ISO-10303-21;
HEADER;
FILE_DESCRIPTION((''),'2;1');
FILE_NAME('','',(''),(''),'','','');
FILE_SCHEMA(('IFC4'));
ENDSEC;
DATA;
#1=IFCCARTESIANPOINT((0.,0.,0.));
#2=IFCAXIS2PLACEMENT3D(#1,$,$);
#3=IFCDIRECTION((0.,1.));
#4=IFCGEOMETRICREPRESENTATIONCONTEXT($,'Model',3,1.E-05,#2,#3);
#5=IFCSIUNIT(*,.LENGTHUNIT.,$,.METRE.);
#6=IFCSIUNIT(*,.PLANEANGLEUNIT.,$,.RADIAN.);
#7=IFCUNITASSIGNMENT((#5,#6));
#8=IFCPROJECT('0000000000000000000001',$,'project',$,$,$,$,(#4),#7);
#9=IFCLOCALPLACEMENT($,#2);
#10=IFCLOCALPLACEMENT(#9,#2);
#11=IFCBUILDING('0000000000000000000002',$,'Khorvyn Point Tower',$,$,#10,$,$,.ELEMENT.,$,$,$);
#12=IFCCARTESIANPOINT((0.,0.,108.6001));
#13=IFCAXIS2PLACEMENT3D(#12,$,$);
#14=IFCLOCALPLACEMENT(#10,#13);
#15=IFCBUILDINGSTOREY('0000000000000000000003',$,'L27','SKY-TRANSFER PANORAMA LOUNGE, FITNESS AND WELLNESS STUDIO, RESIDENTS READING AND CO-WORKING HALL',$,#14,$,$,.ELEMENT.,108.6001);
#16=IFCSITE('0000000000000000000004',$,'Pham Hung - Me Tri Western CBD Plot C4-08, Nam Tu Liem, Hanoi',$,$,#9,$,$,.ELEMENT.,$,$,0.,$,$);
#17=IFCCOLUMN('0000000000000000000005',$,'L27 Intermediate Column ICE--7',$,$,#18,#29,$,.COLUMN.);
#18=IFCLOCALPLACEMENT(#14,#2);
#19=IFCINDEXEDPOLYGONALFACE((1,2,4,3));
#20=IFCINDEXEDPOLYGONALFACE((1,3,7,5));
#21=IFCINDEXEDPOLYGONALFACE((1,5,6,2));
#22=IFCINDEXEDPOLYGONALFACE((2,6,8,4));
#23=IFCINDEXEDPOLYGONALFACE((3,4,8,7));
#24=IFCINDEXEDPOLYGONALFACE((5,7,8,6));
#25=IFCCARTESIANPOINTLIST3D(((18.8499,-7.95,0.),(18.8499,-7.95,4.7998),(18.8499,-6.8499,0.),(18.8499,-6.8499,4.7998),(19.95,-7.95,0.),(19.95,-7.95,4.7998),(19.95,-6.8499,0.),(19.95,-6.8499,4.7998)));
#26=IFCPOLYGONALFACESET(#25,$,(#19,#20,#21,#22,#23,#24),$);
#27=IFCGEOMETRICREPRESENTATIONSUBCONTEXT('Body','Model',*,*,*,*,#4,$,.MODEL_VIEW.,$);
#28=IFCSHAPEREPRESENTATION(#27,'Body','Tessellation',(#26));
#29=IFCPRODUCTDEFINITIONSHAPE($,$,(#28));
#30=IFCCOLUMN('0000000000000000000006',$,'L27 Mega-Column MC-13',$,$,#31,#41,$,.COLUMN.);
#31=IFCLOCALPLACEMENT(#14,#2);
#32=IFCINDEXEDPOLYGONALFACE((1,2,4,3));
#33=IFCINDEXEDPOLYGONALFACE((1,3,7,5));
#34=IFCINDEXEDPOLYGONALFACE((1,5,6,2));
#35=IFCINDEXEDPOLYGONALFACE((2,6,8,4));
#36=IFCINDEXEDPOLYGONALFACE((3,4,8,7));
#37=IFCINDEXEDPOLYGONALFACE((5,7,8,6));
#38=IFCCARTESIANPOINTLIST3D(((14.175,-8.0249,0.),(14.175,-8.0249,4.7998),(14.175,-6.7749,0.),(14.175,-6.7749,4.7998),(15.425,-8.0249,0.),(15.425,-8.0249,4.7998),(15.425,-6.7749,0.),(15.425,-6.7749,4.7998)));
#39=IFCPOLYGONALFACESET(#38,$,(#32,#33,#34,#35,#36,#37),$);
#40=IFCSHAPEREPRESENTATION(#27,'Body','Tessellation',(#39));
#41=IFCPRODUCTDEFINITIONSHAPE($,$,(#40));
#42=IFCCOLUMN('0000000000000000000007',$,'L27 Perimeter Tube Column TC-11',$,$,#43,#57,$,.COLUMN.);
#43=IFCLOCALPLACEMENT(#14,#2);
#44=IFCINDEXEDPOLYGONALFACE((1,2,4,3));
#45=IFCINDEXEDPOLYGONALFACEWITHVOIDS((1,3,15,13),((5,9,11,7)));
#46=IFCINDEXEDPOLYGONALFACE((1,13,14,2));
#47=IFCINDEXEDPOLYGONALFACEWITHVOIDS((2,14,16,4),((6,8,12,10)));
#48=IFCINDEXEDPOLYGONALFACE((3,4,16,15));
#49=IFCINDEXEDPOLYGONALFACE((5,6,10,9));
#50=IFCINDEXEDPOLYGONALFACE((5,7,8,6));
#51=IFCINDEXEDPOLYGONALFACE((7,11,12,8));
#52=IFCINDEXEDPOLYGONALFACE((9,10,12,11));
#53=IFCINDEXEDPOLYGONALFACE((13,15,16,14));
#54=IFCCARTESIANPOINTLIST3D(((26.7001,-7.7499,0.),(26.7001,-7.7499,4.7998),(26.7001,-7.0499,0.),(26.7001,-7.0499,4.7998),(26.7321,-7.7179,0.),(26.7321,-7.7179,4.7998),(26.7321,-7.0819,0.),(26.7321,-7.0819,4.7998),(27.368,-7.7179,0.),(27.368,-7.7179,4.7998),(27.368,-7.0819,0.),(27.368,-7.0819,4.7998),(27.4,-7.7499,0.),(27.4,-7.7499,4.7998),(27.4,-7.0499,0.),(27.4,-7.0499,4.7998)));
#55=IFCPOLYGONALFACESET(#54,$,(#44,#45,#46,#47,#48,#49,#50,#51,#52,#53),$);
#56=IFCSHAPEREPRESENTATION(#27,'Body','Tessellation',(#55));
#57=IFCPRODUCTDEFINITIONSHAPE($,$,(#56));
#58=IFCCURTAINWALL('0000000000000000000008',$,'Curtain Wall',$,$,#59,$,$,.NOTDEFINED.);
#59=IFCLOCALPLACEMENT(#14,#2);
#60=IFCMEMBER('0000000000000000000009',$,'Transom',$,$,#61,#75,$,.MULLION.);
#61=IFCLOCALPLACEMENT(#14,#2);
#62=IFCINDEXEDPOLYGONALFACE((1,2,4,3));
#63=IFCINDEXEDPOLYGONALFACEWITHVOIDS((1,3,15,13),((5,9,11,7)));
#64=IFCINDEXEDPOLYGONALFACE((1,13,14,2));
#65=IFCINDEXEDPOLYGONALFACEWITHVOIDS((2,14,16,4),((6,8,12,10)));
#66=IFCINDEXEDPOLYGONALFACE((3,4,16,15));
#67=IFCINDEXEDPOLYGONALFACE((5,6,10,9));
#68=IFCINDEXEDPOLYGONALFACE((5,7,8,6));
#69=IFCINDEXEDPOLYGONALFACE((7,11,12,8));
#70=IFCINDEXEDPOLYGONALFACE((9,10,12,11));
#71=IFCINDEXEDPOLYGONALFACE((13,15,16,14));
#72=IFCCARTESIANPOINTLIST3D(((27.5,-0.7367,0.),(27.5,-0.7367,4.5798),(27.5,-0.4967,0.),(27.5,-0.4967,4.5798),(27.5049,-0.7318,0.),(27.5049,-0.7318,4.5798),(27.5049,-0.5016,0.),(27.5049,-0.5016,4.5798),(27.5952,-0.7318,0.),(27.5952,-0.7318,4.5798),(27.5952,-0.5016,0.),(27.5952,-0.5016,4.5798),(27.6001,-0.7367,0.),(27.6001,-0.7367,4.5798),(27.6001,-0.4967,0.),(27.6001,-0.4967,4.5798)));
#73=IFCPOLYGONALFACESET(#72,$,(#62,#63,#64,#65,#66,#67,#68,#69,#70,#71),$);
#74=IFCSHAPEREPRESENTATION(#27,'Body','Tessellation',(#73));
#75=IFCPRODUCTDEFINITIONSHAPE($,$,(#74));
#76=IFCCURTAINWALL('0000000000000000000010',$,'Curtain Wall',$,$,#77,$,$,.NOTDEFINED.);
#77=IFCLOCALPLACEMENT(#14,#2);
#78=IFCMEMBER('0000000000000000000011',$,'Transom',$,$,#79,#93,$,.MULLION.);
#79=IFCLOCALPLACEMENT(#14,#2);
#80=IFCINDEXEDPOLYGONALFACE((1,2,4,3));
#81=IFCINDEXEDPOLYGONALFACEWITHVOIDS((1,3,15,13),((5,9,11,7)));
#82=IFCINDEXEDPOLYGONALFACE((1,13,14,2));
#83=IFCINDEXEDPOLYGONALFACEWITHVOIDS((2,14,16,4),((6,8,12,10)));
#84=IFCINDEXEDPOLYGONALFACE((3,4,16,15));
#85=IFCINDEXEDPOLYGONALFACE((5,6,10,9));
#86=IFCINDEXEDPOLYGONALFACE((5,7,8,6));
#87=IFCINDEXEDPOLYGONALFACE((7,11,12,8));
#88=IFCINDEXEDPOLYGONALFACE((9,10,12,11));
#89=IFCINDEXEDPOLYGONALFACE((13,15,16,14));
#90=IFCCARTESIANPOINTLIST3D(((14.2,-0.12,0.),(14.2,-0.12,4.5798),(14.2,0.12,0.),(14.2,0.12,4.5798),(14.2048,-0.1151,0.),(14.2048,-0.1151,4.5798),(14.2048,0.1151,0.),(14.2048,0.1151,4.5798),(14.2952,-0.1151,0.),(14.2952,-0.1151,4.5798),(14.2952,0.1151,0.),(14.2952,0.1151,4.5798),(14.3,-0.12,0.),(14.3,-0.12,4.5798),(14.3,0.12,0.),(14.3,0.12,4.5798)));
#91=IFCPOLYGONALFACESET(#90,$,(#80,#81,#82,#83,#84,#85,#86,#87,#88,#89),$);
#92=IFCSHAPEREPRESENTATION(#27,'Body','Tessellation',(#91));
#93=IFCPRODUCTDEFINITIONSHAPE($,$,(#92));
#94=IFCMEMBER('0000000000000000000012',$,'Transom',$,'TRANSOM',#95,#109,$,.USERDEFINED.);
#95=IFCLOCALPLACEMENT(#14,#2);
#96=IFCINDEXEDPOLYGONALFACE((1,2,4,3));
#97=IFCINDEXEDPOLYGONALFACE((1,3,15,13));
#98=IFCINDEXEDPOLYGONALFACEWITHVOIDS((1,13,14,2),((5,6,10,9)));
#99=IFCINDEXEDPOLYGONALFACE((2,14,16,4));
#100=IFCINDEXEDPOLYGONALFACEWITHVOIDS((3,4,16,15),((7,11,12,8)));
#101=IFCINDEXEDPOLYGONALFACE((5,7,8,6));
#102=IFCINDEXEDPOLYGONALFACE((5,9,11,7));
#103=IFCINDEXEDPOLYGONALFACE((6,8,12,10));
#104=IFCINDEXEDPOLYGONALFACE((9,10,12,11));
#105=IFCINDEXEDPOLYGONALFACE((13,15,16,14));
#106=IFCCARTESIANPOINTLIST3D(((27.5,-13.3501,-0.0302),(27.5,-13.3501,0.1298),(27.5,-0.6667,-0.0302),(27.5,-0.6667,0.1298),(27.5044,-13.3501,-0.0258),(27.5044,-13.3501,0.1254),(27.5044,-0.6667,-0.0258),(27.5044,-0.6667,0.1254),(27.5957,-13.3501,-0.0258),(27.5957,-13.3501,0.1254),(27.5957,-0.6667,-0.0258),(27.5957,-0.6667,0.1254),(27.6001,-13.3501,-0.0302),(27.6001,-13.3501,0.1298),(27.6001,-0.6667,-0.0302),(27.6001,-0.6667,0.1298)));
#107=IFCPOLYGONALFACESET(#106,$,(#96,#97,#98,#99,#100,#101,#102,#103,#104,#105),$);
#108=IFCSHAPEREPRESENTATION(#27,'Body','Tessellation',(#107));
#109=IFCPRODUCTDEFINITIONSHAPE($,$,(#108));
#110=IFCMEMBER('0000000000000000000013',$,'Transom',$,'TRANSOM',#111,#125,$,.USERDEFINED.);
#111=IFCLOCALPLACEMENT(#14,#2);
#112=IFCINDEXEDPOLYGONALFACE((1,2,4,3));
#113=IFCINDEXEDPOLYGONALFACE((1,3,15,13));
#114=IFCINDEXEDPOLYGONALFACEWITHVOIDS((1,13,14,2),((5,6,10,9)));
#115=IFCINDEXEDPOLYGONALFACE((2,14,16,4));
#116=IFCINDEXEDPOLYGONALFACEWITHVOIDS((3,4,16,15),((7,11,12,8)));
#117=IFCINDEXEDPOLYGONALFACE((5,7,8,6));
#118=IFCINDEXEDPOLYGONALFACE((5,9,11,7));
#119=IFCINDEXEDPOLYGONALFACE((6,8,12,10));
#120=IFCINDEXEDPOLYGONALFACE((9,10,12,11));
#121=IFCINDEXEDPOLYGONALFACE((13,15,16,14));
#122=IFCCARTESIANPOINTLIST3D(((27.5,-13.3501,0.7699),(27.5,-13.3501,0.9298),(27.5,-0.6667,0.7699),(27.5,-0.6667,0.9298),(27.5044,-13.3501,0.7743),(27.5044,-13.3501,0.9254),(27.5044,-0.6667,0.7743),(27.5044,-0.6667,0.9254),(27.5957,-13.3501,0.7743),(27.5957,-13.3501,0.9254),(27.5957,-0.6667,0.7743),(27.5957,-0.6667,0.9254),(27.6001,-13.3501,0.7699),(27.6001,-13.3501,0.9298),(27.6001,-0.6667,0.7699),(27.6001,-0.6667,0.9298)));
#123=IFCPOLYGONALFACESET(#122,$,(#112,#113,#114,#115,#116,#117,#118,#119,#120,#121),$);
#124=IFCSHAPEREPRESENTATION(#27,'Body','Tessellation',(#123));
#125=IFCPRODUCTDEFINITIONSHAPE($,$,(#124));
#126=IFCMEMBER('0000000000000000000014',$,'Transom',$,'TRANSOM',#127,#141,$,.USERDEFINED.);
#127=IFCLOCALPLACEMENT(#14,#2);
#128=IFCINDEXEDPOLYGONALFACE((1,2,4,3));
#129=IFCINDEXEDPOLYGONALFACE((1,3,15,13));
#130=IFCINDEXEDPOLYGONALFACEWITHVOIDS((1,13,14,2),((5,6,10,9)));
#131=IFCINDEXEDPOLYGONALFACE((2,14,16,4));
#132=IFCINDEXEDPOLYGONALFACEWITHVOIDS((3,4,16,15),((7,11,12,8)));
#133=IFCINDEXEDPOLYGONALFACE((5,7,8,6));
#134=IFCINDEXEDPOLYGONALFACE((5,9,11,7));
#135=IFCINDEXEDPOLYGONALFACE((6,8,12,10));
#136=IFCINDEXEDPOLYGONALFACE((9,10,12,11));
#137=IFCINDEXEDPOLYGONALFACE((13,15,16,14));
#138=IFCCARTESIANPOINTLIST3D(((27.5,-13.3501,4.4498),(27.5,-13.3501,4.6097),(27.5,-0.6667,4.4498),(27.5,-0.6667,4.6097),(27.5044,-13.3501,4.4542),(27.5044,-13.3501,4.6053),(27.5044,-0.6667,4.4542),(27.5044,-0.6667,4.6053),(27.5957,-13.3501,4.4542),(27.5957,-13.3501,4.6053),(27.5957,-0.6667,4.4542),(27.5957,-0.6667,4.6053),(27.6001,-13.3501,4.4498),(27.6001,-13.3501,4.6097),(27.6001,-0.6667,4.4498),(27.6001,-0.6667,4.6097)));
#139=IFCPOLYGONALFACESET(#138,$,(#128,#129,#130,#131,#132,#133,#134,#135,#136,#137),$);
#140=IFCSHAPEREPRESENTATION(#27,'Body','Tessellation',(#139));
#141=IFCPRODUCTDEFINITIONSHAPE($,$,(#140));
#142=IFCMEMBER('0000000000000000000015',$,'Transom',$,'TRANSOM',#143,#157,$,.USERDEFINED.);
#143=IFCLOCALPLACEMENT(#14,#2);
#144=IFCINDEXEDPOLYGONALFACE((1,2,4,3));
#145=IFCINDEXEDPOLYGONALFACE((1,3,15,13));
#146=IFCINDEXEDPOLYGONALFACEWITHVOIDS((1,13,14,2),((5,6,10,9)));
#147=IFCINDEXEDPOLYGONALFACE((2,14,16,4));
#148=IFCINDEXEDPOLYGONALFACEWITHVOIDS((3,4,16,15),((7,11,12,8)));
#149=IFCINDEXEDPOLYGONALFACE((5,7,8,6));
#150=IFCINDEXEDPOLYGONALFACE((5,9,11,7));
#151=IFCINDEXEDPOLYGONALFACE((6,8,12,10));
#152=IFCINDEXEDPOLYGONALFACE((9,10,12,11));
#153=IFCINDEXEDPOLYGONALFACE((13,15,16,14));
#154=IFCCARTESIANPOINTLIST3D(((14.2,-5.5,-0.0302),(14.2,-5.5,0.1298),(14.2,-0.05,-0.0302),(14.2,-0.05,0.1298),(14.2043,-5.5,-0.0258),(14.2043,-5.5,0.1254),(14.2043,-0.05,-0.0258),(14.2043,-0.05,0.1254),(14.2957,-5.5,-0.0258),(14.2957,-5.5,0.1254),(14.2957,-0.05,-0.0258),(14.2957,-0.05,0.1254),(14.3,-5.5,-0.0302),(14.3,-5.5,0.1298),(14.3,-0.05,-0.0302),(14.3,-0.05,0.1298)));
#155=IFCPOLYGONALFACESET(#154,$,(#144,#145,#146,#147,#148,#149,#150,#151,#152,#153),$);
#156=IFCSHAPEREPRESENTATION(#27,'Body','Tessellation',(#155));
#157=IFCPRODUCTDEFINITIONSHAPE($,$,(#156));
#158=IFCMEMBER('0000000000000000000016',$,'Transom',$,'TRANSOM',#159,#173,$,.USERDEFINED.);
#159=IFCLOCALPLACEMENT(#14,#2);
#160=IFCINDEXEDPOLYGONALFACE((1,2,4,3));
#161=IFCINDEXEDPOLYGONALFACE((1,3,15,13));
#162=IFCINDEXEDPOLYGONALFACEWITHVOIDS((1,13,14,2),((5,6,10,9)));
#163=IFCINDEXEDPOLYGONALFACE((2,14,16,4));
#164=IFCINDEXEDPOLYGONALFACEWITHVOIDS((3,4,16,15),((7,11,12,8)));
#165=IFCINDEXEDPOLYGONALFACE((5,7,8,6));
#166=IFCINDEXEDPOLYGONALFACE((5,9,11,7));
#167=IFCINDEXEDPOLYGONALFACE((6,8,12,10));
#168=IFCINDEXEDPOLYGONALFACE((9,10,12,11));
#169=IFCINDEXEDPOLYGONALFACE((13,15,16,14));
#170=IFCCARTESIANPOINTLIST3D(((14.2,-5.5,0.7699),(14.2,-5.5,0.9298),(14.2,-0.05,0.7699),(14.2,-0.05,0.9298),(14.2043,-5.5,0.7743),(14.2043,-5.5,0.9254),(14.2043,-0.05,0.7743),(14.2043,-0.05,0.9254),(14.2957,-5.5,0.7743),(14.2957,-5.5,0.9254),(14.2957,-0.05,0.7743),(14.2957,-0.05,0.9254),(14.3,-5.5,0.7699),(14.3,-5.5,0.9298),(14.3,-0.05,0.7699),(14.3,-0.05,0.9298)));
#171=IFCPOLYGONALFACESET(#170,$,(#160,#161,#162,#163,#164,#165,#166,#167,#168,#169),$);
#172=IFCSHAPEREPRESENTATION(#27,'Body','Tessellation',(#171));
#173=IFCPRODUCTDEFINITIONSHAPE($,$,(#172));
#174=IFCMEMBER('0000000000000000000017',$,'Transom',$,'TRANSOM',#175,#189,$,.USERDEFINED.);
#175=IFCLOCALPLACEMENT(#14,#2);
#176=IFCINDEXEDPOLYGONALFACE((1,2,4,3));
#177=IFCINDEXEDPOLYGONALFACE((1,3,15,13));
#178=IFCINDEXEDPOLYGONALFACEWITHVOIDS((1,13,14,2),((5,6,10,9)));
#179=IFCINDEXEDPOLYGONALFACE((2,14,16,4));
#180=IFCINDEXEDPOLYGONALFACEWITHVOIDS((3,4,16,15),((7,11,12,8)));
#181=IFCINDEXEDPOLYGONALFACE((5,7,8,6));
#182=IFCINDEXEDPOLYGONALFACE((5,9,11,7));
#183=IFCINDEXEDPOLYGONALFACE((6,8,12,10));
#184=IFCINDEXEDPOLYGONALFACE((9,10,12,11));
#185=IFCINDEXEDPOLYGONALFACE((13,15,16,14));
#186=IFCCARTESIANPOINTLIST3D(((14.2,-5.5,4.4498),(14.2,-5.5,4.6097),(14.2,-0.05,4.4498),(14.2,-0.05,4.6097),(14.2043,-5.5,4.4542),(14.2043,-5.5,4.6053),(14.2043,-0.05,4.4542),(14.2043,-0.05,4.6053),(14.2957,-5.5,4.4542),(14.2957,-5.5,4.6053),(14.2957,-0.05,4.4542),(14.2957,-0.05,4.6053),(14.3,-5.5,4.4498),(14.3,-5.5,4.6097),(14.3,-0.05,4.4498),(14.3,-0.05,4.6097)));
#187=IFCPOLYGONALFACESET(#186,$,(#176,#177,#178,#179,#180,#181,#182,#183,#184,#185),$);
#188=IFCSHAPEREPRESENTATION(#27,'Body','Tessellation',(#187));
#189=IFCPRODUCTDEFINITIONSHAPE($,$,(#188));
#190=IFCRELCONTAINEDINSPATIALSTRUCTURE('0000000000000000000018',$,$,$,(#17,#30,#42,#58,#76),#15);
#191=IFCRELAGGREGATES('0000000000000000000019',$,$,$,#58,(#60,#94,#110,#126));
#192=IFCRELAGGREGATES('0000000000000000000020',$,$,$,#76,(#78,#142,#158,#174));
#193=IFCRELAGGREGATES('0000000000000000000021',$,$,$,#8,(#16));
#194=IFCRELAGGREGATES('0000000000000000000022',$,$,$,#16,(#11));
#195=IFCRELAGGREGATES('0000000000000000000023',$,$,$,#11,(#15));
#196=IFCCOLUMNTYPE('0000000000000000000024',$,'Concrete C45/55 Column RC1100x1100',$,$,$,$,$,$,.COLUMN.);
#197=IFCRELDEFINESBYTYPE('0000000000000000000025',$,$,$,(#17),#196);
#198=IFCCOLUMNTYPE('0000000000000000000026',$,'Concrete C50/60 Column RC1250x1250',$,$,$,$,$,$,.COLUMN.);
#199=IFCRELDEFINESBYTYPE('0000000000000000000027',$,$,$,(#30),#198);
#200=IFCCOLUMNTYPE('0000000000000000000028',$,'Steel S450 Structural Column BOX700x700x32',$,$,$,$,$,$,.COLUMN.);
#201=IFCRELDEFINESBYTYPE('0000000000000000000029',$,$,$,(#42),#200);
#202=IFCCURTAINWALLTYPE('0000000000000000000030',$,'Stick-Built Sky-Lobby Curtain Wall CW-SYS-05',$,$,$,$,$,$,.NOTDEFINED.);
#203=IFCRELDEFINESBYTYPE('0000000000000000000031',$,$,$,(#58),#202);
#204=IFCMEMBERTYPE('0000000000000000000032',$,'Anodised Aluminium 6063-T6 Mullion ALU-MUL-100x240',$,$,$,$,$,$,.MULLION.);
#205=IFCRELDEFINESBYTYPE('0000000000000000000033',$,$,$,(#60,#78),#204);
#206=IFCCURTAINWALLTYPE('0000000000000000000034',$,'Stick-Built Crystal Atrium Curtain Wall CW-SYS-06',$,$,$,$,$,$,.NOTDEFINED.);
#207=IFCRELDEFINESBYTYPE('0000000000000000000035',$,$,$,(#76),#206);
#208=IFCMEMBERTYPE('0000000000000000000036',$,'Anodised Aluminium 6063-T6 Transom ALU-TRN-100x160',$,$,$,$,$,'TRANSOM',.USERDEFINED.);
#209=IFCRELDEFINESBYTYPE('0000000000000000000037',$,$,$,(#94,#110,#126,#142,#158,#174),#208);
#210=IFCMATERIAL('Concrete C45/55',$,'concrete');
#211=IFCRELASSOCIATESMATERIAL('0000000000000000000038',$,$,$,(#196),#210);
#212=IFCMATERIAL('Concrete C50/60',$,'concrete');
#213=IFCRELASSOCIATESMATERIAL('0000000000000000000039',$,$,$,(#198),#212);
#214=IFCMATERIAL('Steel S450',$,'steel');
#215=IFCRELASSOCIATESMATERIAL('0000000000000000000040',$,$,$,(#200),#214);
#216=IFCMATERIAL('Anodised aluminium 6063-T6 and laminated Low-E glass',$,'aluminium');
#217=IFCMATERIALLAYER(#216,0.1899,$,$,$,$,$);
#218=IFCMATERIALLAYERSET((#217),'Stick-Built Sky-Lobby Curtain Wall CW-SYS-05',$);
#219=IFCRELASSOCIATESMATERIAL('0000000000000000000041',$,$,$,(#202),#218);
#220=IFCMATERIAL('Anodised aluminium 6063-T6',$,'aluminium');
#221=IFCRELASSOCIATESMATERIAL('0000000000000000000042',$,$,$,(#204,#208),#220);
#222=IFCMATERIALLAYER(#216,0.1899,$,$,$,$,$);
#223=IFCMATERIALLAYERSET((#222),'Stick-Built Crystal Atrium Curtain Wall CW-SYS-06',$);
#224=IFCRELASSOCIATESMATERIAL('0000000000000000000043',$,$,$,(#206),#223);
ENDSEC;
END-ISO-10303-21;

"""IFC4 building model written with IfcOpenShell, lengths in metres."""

from ifc_helpers import new_model, si_unit, direction, frame, origin, origin_2d, place, context, subcontext, project, spatial, rectangle, hollow_rectangle, extrude, material, layer, layer_set, material_profile, profile_set, type_object, element, aggregate, save


model = new_model("IFC4")

# Units and contexts
model_context = context("Model", 3, precision=1e-05, world=origin(), true_north=direction((0.0, 1.0)))
body_context = subcontext(model_context, "Body", "Model", "MODEL_VIEW")
ifc_project = project(units=[si_unit("LENGTHUNIT", "METRE"), si_unit("PLANEANGLEUNIT", "RADIAN")], contexts=[model_context])

# Site, building, storey
site_placement = place(None, origin())
site = spatial("IfcSite", under=ifc_project, at=site_placement, Name="Pham Hung - Me Tri Western CBD Plot C4-08, Nam Tu Liem, Hanoi", CompositionType="ELEMENT", RefElevation=0.0)
building_placement = place(site_placement, origin())
building = spatial("IfcBuilding", under=site, at=building_placement, Name="Khorvyn Point Tower", CompositionType="ELEMENT")
storey_placement = place(building_placement, frame((0.0, 0.0, 108.6001)))
storey = spatial("IfcBuildingStorey", under=building, at=storey_placement, Name="L27", Description="SKY-TRANSFER PANORAMA LOUNGE, FITNESS AND WELLNESS STUDIO, RESIDENTS READING AND CO-WORKING HALL", CompositionType="ELEMENT", Elevation=108.6001)

# Columns
ifc_material_1 = material(Name="Concrete C45/55", Category="concrete")
ifc_material_profile_1 = material_profile(ifc_material_1, rectangle(XDim=1.1001, YDim=1.1001, at=origin_2d()))
ifc_profile_set_1 = profile_set([ifc_material_profile_1], Name="Concrete C45/55 RC1100x1100")
column_type_1 = type_object("IfcColumnType", Name="Concrete C45/55 Column RC1100x1100", PredefinedType="COLUMN", material=ifc_profile_set_1)
column_1_placement = place(storey_placement, frame((19.3999, -7.3999, 0.0), z_axis=(0.0, 0.0, 1.0), x_axis=(1.0, 0.0, 0.0)))
element("IfcColumn", 1, at=column_1_placement, inside=storey, type_object=column_type_1, Name="L27 Intermediate Column ICE--7", PredefinedType="COLUMN", context=body_context, shape_type="SweptSolid", body=[
    extrude(rectangle(XDim=1.1001, YDim=1.1001, at=origin_2d()), origin(), (0.0, 0.0, 1.0), 4.7998),
])
ifc_material_2 = material(Name="Concrete C50/60", Category="concrete")
ifc_material_profile_2 = material_profile(ifc_material_2, rectangle(XDim=1.25, YDim=1.25, at=origin_2d()))
ifc_profile_set_2 = profile_set([ifc_material_profile_2], Name="Concrete C50/60 RC1250x1250")
column_type_2 = type_object("IfcColumnType", Name="Concrete C50/60 Column RC1250x1250", PredefinedType="COLUMN", material=ifc_profile_set_2)
column_2_placement = place(storey_placement, frame((14.8, -7.3999, 0.0), z_axis=(0.0, 0.0, 1.0), x_axis=(1.0, 0.0, 0.0)))
element("IfcColumn", 2, at=column_2_placement, inside=storey, type_object=column_type_2, Name="L27 Mega-Column MC-13", PredefinedType="COLUMN", context=body_context, shape_type="SweptSolid", body=[
    extrude(rectangle(XDim=1.25, YDim=1.25, at=origin_2d()), origin(), (0.0, 0.0, 1.0), 4.7998),
])
ifc_material_3 = material(Name="Steel S450", Category="steel")
ifc_material_profile_3 = material_profile(ifc_material_3, hollow_rectangle(XDim=0.7, YDim=0.7, WallThickness=0.032, at=origin_2d()))
ifc_profile_set_3 = profile_set([ifc_material_profile_3], Name="Steel S450 BOX700x700x32")
column_type_3 = type_object("IfcColumnType", Name="Steel S450 Structural Column BOX700x700x32", PredefinedType="COLUMN", material=ifc_profile_set_3)
column_3_placement = place(storey_placement, frame((27.05, -7.3999, 0.0), z_axis=(0.0, 0.0, 1.0), x_axis=(1.0, 0.0, 0.0)))
element("IfcColumn", 3, at=column_3_placement, inside=storey, type_object=column_type_3, Name="L27 Perimeter Tube Column TC-11", PredefinedType="COLUMN", context=body_context, shape_type="SweptSolid", body=[
    extrude(hollow_rectangle(XDim=0.7, YDim=0.7, WallThickness=0.032, at=origin_2d()), origin(), (0.0, 0.0, 1.0), 4.7998),
])

# Curtain walls, members
ifc_material_4 = material(Name="Anodised aluminium 6063-T6 and laminated Low-E glass", Category="aluminium")
ifc_layer_1 = layer(ifc_material_4, 0.1899)
ifc_layer_set_1 = layer_set([ifc_layer_1], Name="Stick-Built Sky-Lobby Curtain Wall CW-SYS-05")
curtain_wall_type_1 = type_object("IfcCurtainWallType", Name="Stick-Built Sky-Lobby Curtain Wall CW-SYS-05", PredefinedType="NOTDEFINED", material=ifc_layer_set_1)
curtain_wall_1_placement = place(storey_placement, origin())
curtain_wall_1 = element("IfcCurtainWall", 4, at=curtain_wall_1_placement, inside=storey, type_object=curtain_wall_type_1, Name="Curtain Wall", PredefinedType="NOTDEFINED")
ifc_material_5 = material(Name="Anodised aluminium 6063-T6", Category="aluminium")
ifc_material_profile_4 = material_profile(ifc_material_5, hollow_rectangle(XDim=0.1001, YDim=0.24, WallThickness=0.0049, at=origin_2d()))
ifc_profile_set_4 = profile_set([ifc_material_profile_4], Name="Anodised aluminium 6063-T6 ALU-MUL-100x240")
member_type_1 = type_object("IfcMemberType", Name="Anodised Aluminium 6063-T6 Mullion ALU-MUL-100x240", PredefinedType="MULLION", material=ifc_profile_set_4)
member_1_placement = place(storey_placement, frame((27.55, -0.6167, 0.0), z_axis=(0.0, 0.0, 1.0), x_axis=(1.0, 0.0, 0.0)))
member_1 = element("IfcMember", 5, at=member_1_placement, type_object=member_type_1, Name="Transom", PredefinedType="MULLION", context=body_context, shape_type="SweptSolid", body=[
    extrude(hollow_rectangle(XDim=0.1001, YDim=0.24, WallThickness=0.0049, at=origin_2d()), origin(), (0.0, 0.0, 1.0), 4.5798),
])
ifc_layer_2 = layer(ifc_material_4, 0.1899)
ifc_layer_set_2 = layer_set([ifc_layer_2], Name="Stick-Built Crystal Atrium Curtain Wall CW-SYS-06")
curtain_wall_type_2 = type_object("IfcCurtainWallType", Name="Stick-Built Crystal Atrium Curtain Wall CW-SYS-06", PredefinedType="NOTDEFINED", material=ifc_layer_set_2)
curtain_wall_2_placement = place(storey_placement, origin())
curtain_wall_2 = element("IfcCurtainWall", 6, at=curtain_wall_2_placement, inside=storey, type_object=curtain_wall_type_2, Name="Curtain Wall", PredefinedType="NOTDEFINED")
member_2_placement = place(storey_placement, frame((14.25, 0.0, 0.0), z_axis=(0.0, 0.0, 1.0), x_axis=(-1.0, 0.0, 0.0)))
member_2 = element("IfcMember", 7, at=member_2_placement, type_object=member_type_1, Name="Transom", PredefinedType="MULLION", context=body_context, shape_type="SweptSolid", body=[
    extrude(hollow_rectangle(XDim=0.1001, YDim=0.24, WallThickness=0.0049, at=origin_2d()), origin(), (0.0, 0.0, 1.0), 4.5798),
])

# Members
ifc_material_profile_5 = material_profile(ifc_material_5, hollow_rectangle(XDim=0.1001, YDim=0.1599, WallThickness=0.0044, at=origin_2d()))
ifc_profile_set_5 = profile_set([ifc_material_profile_5], Name="Anodised aluminium 6063-T6 ALU-TRN-100x160")
member_type_2 = type_object("IfcMemberType", Name="Anodised Aluminium 6063-T6 Transom ALU-TRN-100x160", ElementType="TRANSOM", PredefinedType="USERDEFINED", material=ifc_profile_set_5)
member_3_placement = place(storey_placement, frame((27.55, -0.6667, 0.0498), z_axis=(0.0, -1.0, 0.0), x_axis=(1.0, 0.0, 0.0)))
member_3 = element("IfcMember", 8, at=member_3_placement, type_object=member_type_2, Name="Transom", ObjectType="TRANSOM", PredefinedType="USERDEFINED", context=body_context, shape_type="SweptSolid", body=[
    extrude(hollow_rectangle(XDim=0.1001, YDim=0.1599, WallThickness=0.0044, at=origin_2d()), origin(), (0.0, 0.0, 1.0), 12.6833),
])
member_4_placement = place(storey_placement, frame((27.55, -0.6667, 0.8499), z_axis=(0.0, -1.0, 0.0), x_axis=(1.0, 0.0, 0.0)))
member_4 = element("IfcMember", 9, at=member_4_placement, type_object=member_type_2, Name="Transom", ObjectType="TRANSOM", PredefinedType="USERDEFINED", context=body_context, shape_type="SweptSolid", body=[
    extrude(hollow_rectangle(XDim=0.1001, YDim=0.1599, WallThickness=0.0044, at=origin_2d()), origin(), (0.0, 0.0, 1.0), 12.6833),
])
member_5_placement = place(storey_placement, frame((27.55, -0.6667, 4.5298), z_axis=(0.0, -1.0, 0.0), x_axis=(1.0, 0.0, 0.0)))
member_5 = element("IfcMember", 10, at=member_5_placement, type_object=member_type_2, Name="Transom", ObjectType="TRANSOM", PredefinedType="USERDEFINED", context=body_context, shape_type="SweptSolid", body=[
    extrude(hollow_rectangle(XDim=0.1001, YDim=0.1599, WallThickness=0.0044, at=origin_2d()), origin(), (0.0, 0.0, 1.0), 12.6833),
])
member_6_placement = place(storey_placement, frame((14.25, -5.5, 0.0498), z_axis=(0.0, 1.0, 0.0), x_axis=(-1.0, 0.0, 0.0)))
member_6 = element("IfcMember", 11, at=member_6_placement, type_object=member_type_2, Name="Transom", ObjectType="TRANSOM", PredefinedType="USERDEFINED", context=body_context, shape_type="SweptSolid", body=[
    extrude(hollow_rectangle(XDim=0.1001, YDim=0.1599, WallThickness=0.0044, at=origin_2d()), origin(), (0.0, 0.0, 1.0), 5.45),
])
member_7_placement = place(storey_placement, frame((14.25, -5.5, 0.8499), z_axis=(0.0, 1.0, 0.0), x_axis=(-1.0, 0.0, 0.0)))
member_7 = element("IfcMember", 12, at=member_7_placement, type_object=member_type_2, Name="Transom", ObjectType="TRANSOM", PredefinedType="USERDEFINED", context=body_context, shape_type="SweptSolid", body=[
    extrude(hollow_rectangle(XDim=0.1001, YDim=0.1599, WallThickness=0.0044, at=origin_2d()), origin(), (0.0, 0.0, 1.0), 5.45),
])
member_8_placement = place(storey_placement, frame((14.25, -5.5, 4.5298), z_axis=(0.0, 1.0, 0.0), x_axis=(-1.0, 0.0, 0.0)))
member_8 = element("IfcMember", 13, at=member_8_placement, type_object=member_type_2, Name="Transom", ObjectType="TRANSOM", PredefinedType="USERDEFINED", context=body_context, shape_type="SweptSolid", body=[
    extrude(hollow_rectangle(XDim=0.1001, YDim=0.1599, WallThickness=0.0044, at=origin_2d()), origin(), (0.0, 0.0, 1.0), 5.45),
])

aggregate(curtain_wall_1, [member_1, member_3, member_4, member_5])
aggregate(curtain_wall_2, [member_2, member_6, member_7, member_8])

save(model, "model.ifc")
